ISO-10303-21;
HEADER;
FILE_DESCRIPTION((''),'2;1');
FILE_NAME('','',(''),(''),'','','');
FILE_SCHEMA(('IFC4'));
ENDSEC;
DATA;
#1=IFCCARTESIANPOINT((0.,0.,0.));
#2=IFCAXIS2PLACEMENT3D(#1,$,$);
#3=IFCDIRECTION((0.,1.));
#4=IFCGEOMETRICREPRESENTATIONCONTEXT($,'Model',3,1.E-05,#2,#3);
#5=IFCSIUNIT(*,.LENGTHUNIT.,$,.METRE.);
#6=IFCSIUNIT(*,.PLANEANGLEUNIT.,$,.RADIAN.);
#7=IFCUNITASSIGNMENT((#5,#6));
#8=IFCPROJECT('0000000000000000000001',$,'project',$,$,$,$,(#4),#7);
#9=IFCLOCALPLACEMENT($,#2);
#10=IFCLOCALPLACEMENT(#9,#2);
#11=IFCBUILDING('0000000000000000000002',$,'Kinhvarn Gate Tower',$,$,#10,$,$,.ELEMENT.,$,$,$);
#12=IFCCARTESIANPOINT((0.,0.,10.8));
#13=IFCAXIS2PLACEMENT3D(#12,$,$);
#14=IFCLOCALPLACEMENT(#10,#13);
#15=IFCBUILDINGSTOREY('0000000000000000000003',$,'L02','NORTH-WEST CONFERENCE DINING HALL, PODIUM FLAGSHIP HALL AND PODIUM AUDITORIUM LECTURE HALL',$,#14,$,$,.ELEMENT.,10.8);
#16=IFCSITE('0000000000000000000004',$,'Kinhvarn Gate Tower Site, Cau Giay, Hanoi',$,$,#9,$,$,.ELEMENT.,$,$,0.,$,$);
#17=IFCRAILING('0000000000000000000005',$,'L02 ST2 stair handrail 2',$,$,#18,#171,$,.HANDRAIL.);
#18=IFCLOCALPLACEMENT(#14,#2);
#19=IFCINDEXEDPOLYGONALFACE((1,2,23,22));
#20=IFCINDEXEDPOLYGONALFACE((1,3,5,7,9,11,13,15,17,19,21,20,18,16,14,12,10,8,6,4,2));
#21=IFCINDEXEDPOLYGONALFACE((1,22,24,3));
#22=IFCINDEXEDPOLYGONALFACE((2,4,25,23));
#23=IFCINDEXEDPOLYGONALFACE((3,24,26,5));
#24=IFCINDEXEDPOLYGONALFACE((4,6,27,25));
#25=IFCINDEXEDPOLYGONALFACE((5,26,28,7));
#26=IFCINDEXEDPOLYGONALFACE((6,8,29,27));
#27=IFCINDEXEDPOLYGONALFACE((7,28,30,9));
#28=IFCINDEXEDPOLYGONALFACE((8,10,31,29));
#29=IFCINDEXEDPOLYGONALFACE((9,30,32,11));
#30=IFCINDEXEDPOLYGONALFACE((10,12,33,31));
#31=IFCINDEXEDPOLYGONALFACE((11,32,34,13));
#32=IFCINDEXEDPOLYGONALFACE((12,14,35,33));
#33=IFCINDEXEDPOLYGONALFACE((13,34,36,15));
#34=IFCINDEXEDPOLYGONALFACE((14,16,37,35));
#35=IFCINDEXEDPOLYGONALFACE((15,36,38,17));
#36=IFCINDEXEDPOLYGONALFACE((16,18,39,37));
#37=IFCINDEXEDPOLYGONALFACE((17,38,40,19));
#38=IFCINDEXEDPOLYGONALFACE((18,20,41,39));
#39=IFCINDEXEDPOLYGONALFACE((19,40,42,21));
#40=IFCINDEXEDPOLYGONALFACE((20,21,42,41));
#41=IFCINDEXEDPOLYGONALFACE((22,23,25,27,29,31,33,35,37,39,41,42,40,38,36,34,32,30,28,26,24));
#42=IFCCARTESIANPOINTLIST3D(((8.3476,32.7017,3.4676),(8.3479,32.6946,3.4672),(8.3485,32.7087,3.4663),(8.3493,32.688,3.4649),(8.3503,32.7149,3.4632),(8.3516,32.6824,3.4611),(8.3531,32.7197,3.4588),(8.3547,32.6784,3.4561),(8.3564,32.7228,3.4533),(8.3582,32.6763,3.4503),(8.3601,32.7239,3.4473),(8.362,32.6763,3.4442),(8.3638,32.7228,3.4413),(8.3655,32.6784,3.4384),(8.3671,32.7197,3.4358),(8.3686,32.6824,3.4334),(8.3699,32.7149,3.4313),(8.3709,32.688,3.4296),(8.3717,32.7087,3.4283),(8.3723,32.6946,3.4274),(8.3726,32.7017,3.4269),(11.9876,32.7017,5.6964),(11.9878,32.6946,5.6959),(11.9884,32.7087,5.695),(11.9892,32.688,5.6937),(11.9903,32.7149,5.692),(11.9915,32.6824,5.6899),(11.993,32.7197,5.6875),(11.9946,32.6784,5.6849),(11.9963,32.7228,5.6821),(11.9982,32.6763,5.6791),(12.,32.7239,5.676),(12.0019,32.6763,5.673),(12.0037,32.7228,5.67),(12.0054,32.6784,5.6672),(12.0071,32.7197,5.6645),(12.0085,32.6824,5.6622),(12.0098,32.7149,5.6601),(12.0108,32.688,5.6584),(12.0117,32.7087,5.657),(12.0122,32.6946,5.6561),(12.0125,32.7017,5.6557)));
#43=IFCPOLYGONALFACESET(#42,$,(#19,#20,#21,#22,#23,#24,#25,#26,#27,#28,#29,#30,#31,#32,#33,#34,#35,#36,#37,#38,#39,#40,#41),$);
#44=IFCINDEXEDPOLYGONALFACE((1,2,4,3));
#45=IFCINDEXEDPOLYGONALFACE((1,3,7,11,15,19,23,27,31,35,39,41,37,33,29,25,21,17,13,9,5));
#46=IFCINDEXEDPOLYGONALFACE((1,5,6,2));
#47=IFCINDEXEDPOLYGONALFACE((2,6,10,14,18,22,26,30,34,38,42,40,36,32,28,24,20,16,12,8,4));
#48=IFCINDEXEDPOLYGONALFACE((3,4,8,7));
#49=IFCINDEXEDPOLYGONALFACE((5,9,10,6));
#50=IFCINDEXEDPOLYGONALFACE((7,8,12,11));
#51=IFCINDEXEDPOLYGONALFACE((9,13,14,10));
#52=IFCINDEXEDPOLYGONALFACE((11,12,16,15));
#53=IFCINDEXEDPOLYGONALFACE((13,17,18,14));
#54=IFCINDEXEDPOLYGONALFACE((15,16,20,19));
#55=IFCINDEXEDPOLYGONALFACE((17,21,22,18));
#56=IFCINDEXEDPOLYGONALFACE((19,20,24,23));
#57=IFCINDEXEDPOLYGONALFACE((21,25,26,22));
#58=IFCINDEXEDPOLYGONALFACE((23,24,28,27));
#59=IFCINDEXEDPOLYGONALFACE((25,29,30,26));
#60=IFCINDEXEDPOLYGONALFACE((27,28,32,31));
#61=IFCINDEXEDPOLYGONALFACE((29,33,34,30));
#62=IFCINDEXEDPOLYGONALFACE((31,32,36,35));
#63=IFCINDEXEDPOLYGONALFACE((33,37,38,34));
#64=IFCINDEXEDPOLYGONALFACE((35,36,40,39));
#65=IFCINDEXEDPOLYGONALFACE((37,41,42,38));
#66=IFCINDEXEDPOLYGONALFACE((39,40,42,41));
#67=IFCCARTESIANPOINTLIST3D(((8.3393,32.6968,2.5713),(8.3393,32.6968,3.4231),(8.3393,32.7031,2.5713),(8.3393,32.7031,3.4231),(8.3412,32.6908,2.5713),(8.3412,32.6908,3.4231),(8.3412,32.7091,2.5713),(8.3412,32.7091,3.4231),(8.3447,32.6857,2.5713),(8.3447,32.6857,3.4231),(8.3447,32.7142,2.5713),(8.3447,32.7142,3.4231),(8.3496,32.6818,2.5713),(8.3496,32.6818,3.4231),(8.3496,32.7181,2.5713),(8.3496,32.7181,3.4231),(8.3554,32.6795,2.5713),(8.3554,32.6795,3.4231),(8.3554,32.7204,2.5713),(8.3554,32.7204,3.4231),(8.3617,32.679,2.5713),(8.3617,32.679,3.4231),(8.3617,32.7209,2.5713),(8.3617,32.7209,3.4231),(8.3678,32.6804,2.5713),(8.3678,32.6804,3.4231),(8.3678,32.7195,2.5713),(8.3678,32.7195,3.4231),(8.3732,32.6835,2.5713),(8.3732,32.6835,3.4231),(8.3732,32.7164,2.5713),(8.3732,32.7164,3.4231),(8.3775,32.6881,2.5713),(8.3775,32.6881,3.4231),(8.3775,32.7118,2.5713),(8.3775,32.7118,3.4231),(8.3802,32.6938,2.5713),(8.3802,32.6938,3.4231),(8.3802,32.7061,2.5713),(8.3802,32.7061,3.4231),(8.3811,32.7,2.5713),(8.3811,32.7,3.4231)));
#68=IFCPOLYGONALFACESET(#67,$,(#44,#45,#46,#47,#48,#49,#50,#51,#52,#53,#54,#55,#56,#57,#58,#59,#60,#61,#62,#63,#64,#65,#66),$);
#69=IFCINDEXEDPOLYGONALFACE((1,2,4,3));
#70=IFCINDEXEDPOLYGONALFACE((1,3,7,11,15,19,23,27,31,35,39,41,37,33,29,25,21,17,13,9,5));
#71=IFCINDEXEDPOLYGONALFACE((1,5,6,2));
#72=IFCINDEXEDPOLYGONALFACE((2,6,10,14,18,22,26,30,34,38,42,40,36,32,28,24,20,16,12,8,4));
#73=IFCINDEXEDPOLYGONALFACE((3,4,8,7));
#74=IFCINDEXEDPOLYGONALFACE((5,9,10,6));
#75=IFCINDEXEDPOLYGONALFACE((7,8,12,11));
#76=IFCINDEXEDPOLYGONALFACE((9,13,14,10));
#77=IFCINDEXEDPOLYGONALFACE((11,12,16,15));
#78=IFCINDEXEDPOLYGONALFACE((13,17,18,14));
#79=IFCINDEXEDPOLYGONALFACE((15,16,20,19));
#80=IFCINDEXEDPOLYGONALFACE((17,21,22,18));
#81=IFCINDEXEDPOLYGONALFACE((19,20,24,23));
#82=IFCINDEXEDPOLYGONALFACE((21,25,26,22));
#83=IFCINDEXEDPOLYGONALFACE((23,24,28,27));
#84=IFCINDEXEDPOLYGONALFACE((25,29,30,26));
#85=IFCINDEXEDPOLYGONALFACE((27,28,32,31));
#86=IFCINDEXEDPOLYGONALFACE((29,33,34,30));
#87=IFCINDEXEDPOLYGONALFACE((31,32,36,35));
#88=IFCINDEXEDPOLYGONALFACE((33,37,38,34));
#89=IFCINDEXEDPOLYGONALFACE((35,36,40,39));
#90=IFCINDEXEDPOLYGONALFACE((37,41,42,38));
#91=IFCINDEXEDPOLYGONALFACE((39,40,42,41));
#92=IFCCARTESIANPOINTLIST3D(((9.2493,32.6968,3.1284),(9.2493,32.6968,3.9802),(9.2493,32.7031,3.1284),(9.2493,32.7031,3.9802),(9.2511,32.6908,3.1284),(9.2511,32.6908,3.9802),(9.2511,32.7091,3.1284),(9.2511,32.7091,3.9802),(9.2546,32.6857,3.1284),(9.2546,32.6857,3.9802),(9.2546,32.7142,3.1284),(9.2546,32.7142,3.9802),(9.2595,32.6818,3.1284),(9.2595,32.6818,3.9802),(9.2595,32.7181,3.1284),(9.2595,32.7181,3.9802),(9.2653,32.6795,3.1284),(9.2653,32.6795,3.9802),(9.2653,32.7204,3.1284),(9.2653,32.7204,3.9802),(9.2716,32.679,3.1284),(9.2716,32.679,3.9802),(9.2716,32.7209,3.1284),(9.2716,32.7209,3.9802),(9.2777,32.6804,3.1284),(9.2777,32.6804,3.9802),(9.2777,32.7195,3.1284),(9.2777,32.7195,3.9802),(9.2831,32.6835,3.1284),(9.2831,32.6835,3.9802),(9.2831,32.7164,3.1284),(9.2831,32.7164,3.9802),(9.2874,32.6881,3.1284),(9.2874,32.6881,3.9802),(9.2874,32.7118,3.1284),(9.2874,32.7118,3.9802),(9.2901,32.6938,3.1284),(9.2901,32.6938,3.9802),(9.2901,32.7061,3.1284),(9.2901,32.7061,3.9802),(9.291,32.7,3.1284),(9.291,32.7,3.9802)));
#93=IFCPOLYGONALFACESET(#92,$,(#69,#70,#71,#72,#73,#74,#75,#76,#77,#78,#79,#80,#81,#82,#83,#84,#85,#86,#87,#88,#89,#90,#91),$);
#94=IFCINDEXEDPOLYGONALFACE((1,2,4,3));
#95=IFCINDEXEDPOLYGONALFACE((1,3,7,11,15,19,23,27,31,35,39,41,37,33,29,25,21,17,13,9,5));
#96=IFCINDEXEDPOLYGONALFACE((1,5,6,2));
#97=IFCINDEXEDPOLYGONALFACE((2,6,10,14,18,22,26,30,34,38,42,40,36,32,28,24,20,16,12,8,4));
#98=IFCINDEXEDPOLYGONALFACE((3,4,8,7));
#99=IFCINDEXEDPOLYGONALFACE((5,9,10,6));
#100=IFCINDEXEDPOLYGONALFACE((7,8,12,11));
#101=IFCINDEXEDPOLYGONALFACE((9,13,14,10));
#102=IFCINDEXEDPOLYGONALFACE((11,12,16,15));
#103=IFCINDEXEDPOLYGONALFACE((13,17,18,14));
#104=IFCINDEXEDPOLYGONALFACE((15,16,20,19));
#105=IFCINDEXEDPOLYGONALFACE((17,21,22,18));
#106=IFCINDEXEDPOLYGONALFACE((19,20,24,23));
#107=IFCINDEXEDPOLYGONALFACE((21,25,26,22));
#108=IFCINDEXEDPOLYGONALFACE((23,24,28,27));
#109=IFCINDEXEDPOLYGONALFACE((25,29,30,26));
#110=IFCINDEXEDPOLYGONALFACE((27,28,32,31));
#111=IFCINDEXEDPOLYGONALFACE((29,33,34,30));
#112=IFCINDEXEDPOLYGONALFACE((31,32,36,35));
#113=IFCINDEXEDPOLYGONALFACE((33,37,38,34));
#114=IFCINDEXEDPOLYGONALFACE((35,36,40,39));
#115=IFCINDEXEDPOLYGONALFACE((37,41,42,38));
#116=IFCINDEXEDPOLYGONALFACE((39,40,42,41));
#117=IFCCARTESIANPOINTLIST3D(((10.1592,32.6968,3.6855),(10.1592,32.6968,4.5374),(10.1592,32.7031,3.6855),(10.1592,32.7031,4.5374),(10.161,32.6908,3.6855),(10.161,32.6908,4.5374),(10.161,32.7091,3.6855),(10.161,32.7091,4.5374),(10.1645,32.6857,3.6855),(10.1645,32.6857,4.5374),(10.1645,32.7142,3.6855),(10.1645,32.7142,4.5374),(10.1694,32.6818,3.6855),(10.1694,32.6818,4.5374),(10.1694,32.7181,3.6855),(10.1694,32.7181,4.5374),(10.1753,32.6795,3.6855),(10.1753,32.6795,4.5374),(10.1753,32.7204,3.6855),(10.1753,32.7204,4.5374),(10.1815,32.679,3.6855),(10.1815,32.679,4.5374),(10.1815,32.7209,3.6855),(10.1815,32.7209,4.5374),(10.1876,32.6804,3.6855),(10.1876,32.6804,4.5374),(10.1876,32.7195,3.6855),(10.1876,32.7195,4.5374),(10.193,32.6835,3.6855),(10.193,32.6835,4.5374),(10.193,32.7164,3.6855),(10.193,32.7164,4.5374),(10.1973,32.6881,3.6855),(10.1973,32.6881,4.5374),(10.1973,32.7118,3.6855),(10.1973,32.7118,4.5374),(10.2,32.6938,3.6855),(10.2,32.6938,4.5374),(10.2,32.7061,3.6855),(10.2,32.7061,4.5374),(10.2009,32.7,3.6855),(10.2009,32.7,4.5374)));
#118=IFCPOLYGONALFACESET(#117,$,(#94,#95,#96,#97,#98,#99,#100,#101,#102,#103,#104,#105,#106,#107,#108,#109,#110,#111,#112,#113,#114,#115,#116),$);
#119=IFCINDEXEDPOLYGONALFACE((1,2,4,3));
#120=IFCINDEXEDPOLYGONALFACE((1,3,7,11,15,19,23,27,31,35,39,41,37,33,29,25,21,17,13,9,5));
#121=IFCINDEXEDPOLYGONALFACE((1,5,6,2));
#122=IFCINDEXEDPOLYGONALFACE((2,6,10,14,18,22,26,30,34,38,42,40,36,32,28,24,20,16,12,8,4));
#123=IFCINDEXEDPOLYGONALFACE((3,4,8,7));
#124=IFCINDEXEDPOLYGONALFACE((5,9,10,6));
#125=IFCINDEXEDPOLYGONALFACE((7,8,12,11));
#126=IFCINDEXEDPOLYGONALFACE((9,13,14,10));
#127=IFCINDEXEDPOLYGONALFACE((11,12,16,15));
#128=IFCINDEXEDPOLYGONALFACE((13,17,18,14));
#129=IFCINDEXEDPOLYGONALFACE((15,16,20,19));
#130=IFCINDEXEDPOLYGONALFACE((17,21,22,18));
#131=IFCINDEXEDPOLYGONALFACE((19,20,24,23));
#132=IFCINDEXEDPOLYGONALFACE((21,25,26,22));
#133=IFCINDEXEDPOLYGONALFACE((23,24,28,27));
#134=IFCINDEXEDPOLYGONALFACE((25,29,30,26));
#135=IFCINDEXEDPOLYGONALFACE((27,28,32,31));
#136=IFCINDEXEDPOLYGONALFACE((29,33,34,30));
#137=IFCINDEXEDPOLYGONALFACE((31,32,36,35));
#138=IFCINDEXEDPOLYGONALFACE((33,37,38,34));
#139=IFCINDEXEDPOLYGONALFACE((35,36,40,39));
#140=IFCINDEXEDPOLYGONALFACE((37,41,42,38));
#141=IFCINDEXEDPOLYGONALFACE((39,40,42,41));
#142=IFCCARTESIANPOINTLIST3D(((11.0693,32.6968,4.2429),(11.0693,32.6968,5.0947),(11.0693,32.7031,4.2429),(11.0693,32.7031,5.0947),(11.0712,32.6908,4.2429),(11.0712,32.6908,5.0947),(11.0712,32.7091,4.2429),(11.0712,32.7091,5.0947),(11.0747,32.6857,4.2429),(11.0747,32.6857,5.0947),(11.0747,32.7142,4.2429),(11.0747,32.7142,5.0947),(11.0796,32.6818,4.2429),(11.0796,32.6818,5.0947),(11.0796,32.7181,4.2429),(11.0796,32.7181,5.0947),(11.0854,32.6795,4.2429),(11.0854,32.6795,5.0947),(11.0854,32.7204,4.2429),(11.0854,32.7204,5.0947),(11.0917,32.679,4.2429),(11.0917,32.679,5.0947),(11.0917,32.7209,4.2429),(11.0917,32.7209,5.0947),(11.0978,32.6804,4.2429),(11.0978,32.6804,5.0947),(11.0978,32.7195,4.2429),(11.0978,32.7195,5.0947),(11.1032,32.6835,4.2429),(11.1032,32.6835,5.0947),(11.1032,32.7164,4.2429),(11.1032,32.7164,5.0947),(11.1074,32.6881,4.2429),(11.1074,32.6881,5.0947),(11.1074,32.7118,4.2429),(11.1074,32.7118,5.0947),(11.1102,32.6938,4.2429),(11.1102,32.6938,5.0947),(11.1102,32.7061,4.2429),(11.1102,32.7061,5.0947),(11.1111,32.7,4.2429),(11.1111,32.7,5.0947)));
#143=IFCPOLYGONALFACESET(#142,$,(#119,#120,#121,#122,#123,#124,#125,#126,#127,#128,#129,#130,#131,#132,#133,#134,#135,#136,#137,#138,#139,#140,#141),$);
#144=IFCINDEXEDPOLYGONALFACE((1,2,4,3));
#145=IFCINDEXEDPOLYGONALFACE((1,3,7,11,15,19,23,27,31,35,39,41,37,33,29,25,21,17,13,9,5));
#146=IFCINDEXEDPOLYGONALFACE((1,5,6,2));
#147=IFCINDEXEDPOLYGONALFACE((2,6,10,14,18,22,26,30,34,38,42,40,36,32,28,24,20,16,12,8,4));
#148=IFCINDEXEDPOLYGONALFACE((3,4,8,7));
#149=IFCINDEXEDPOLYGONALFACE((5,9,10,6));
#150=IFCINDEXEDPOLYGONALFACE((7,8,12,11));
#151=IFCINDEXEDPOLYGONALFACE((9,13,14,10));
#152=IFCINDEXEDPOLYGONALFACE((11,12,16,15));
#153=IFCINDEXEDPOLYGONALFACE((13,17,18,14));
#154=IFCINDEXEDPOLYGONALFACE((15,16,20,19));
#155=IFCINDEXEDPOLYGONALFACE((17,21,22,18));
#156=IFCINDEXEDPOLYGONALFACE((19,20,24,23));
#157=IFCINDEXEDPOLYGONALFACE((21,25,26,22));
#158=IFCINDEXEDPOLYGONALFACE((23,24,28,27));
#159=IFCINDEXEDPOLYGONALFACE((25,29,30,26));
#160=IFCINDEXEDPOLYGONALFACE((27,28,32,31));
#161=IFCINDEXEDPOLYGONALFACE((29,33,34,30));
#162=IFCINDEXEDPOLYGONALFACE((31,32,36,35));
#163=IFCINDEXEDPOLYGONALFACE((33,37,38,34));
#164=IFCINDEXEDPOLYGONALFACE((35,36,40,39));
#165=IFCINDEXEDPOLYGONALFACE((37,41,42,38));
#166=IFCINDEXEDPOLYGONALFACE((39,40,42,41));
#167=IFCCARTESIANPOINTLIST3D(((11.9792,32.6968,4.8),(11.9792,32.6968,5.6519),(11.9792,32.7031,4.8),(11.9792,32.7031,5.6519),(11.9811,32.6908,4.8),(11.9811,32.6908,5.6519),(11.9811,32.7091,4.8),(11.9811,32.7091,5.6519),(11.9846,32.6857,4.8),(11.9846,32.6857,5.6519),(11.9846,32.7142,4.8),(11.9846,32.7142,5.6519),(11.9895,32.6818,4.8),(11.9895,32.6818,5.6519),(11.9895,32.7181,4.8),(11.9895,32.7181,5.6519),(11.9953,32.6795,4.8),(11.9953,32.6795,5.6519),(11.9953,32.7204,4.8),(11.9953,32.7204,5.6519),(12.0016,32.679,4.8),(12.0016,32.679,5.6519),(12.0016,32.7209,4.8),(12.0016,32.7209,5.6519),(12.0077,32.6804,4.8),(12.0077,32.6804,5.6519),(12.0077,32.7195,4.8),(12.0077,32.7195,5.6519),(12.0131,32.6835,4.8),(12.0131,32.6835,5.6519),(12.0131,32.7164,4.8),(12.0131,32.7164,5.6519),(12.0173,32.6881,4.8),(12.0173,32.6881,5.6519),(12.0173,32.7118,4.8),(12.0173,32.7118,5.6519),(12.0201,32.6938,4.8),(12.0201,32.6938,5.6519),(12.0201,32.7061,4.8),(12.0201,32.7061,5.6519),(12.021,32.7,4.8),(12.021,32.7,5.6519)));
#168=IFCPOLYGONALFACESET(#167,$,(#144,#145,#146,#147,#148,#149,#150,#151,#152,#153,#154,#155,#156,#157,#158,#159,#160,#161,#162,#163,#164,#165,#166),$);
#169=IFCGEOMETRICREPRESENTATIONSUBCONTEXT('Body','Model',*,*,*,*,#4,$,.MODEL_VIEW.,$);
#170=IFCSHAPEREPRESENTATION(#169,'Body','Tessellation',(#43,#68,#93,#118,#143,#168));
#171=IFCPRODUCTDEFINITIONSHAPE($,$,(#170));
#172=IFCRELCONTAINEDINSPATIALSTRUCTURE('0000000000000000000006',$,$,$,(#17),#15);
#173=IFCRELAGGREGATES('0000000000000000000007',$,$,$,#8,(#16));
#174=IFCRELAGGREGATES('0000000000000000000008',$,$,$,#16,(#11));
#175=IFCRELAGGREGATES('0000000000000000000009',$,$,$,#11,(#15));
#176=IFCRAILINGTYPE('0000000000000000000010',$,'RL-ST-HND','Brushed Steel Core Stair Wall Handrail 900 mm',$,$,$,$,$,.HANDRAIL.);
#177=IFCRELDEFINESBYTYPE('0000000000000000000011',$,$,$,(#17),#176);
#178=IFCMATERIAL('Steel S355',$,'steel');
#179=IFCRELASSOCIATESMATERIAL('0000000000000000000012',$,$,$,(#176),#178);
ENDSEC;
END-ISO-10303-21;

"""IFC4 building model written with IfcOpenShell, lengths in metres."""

from ifc_helpers import new_model, si_unit, direction, frame, origin, origin_2d, place, context, subcontext, project, spatial, circle, extrude, material, type_object, element, save


model = new_model("IFC4")

# Units and contexts
model_context = context("Model", 3, precision=1e-05, world=origin(), true_north=direction((0.0, 1.0)))
body_context = subcontext(model_context, "Body", "Model", "MODEL_VIEW")
ifc_project = project(units=[si_unit("LENGTHUNIT", "METRE"), si_unit("PLANEANGLEUNIT", "RADIAN")], contexts=[model_context])

# Site, building, storey
site_placement = place(None, origin())
site = spatial("IfcSite", under=ifc_project, at=site_placement, Name="Kinhvarn Gate Tower Site, Cau Giay, Hanoi", CompositionType="ELEMENT", RefElevation=0.0)
building_placement = place(site_placement, origin())
building = spatial("IfcBuilding", under=site, at=building_placement, Name="Kinhvarn Gate Tower", CompositionType="ELEMENT")
storey_placement = place(building_placement, frame((0.0, 0.0, 10.8)))
storey = spatial("IfcBuildingStorey", under=building, at=storey_placement, Name="L02", Description="NORTH-WEST CONFERENCE DINING HALL, PODIUM FLAGSHIP HALL AND PODIUM AUDITORIUM LECTURE HALL", CompositionType="ELEMENT", Elevation=10.8)

# Shared definitions
ifc_material_1 = material(Name="Steel S355", Category="steel")

# Railing
railing_type = type_object("IfcRailingType", Name="RL-ST-HND", Description="Brushed Steel Core Stair Wall Handrail 900 mm", PredefinedType="HANDRAIL", material=ifc_material_1)
railing_placement = place(storey_placement, frame((8.3601, 32.7, 2.5713)))
element("IfcRailing", 1, at=railing_placement, inside=storey, type_object=railing_type, Name="L02 ST2 stair handrail 2", PredefinedType="HANDRAIL", context=body_context, shape_type="SweptSolid", body=[
    extrude(circle(Radius=0.0239, at=origin_2d()), frame((0.0, 0.0, 0.876), z_axis=(0.852825, 0.0, 0.522197), x_axis=(0.0, 1.0, 0.0)), (0.0, 0.0, 1.0), 4.2681),
    extrude(circle(Radius=0.021, at=origin_2d()), origin(), (0.0, 0.0, 1.0), 0.8518),
    extrude(circle(Radius=0.021, at=origin_2d()), frame((0.9099, 0.0, 0.5571)), (0.0, 0.0, 1.0), 0.8518),
    extrude(circle(Radius=0.021, at=origin_2d()), frame((1.8198, 0.0, 1.1143)), (0.0, 0.0, 1.0), 0.8518),
    extrude(circle(Radius=0.021, at=origin_2d()), frame((2.73, 0.0, 1.6716)), (0.0, 0.0, 1.0), 0.8518),
    extrude(circle(Radius=0.021, at=origin_2d()), frame((3.6399, 0.0, 2.2288)), (0.0, 0.0, 1.0), 0.8518),
])

save(model, "model.ifc")
